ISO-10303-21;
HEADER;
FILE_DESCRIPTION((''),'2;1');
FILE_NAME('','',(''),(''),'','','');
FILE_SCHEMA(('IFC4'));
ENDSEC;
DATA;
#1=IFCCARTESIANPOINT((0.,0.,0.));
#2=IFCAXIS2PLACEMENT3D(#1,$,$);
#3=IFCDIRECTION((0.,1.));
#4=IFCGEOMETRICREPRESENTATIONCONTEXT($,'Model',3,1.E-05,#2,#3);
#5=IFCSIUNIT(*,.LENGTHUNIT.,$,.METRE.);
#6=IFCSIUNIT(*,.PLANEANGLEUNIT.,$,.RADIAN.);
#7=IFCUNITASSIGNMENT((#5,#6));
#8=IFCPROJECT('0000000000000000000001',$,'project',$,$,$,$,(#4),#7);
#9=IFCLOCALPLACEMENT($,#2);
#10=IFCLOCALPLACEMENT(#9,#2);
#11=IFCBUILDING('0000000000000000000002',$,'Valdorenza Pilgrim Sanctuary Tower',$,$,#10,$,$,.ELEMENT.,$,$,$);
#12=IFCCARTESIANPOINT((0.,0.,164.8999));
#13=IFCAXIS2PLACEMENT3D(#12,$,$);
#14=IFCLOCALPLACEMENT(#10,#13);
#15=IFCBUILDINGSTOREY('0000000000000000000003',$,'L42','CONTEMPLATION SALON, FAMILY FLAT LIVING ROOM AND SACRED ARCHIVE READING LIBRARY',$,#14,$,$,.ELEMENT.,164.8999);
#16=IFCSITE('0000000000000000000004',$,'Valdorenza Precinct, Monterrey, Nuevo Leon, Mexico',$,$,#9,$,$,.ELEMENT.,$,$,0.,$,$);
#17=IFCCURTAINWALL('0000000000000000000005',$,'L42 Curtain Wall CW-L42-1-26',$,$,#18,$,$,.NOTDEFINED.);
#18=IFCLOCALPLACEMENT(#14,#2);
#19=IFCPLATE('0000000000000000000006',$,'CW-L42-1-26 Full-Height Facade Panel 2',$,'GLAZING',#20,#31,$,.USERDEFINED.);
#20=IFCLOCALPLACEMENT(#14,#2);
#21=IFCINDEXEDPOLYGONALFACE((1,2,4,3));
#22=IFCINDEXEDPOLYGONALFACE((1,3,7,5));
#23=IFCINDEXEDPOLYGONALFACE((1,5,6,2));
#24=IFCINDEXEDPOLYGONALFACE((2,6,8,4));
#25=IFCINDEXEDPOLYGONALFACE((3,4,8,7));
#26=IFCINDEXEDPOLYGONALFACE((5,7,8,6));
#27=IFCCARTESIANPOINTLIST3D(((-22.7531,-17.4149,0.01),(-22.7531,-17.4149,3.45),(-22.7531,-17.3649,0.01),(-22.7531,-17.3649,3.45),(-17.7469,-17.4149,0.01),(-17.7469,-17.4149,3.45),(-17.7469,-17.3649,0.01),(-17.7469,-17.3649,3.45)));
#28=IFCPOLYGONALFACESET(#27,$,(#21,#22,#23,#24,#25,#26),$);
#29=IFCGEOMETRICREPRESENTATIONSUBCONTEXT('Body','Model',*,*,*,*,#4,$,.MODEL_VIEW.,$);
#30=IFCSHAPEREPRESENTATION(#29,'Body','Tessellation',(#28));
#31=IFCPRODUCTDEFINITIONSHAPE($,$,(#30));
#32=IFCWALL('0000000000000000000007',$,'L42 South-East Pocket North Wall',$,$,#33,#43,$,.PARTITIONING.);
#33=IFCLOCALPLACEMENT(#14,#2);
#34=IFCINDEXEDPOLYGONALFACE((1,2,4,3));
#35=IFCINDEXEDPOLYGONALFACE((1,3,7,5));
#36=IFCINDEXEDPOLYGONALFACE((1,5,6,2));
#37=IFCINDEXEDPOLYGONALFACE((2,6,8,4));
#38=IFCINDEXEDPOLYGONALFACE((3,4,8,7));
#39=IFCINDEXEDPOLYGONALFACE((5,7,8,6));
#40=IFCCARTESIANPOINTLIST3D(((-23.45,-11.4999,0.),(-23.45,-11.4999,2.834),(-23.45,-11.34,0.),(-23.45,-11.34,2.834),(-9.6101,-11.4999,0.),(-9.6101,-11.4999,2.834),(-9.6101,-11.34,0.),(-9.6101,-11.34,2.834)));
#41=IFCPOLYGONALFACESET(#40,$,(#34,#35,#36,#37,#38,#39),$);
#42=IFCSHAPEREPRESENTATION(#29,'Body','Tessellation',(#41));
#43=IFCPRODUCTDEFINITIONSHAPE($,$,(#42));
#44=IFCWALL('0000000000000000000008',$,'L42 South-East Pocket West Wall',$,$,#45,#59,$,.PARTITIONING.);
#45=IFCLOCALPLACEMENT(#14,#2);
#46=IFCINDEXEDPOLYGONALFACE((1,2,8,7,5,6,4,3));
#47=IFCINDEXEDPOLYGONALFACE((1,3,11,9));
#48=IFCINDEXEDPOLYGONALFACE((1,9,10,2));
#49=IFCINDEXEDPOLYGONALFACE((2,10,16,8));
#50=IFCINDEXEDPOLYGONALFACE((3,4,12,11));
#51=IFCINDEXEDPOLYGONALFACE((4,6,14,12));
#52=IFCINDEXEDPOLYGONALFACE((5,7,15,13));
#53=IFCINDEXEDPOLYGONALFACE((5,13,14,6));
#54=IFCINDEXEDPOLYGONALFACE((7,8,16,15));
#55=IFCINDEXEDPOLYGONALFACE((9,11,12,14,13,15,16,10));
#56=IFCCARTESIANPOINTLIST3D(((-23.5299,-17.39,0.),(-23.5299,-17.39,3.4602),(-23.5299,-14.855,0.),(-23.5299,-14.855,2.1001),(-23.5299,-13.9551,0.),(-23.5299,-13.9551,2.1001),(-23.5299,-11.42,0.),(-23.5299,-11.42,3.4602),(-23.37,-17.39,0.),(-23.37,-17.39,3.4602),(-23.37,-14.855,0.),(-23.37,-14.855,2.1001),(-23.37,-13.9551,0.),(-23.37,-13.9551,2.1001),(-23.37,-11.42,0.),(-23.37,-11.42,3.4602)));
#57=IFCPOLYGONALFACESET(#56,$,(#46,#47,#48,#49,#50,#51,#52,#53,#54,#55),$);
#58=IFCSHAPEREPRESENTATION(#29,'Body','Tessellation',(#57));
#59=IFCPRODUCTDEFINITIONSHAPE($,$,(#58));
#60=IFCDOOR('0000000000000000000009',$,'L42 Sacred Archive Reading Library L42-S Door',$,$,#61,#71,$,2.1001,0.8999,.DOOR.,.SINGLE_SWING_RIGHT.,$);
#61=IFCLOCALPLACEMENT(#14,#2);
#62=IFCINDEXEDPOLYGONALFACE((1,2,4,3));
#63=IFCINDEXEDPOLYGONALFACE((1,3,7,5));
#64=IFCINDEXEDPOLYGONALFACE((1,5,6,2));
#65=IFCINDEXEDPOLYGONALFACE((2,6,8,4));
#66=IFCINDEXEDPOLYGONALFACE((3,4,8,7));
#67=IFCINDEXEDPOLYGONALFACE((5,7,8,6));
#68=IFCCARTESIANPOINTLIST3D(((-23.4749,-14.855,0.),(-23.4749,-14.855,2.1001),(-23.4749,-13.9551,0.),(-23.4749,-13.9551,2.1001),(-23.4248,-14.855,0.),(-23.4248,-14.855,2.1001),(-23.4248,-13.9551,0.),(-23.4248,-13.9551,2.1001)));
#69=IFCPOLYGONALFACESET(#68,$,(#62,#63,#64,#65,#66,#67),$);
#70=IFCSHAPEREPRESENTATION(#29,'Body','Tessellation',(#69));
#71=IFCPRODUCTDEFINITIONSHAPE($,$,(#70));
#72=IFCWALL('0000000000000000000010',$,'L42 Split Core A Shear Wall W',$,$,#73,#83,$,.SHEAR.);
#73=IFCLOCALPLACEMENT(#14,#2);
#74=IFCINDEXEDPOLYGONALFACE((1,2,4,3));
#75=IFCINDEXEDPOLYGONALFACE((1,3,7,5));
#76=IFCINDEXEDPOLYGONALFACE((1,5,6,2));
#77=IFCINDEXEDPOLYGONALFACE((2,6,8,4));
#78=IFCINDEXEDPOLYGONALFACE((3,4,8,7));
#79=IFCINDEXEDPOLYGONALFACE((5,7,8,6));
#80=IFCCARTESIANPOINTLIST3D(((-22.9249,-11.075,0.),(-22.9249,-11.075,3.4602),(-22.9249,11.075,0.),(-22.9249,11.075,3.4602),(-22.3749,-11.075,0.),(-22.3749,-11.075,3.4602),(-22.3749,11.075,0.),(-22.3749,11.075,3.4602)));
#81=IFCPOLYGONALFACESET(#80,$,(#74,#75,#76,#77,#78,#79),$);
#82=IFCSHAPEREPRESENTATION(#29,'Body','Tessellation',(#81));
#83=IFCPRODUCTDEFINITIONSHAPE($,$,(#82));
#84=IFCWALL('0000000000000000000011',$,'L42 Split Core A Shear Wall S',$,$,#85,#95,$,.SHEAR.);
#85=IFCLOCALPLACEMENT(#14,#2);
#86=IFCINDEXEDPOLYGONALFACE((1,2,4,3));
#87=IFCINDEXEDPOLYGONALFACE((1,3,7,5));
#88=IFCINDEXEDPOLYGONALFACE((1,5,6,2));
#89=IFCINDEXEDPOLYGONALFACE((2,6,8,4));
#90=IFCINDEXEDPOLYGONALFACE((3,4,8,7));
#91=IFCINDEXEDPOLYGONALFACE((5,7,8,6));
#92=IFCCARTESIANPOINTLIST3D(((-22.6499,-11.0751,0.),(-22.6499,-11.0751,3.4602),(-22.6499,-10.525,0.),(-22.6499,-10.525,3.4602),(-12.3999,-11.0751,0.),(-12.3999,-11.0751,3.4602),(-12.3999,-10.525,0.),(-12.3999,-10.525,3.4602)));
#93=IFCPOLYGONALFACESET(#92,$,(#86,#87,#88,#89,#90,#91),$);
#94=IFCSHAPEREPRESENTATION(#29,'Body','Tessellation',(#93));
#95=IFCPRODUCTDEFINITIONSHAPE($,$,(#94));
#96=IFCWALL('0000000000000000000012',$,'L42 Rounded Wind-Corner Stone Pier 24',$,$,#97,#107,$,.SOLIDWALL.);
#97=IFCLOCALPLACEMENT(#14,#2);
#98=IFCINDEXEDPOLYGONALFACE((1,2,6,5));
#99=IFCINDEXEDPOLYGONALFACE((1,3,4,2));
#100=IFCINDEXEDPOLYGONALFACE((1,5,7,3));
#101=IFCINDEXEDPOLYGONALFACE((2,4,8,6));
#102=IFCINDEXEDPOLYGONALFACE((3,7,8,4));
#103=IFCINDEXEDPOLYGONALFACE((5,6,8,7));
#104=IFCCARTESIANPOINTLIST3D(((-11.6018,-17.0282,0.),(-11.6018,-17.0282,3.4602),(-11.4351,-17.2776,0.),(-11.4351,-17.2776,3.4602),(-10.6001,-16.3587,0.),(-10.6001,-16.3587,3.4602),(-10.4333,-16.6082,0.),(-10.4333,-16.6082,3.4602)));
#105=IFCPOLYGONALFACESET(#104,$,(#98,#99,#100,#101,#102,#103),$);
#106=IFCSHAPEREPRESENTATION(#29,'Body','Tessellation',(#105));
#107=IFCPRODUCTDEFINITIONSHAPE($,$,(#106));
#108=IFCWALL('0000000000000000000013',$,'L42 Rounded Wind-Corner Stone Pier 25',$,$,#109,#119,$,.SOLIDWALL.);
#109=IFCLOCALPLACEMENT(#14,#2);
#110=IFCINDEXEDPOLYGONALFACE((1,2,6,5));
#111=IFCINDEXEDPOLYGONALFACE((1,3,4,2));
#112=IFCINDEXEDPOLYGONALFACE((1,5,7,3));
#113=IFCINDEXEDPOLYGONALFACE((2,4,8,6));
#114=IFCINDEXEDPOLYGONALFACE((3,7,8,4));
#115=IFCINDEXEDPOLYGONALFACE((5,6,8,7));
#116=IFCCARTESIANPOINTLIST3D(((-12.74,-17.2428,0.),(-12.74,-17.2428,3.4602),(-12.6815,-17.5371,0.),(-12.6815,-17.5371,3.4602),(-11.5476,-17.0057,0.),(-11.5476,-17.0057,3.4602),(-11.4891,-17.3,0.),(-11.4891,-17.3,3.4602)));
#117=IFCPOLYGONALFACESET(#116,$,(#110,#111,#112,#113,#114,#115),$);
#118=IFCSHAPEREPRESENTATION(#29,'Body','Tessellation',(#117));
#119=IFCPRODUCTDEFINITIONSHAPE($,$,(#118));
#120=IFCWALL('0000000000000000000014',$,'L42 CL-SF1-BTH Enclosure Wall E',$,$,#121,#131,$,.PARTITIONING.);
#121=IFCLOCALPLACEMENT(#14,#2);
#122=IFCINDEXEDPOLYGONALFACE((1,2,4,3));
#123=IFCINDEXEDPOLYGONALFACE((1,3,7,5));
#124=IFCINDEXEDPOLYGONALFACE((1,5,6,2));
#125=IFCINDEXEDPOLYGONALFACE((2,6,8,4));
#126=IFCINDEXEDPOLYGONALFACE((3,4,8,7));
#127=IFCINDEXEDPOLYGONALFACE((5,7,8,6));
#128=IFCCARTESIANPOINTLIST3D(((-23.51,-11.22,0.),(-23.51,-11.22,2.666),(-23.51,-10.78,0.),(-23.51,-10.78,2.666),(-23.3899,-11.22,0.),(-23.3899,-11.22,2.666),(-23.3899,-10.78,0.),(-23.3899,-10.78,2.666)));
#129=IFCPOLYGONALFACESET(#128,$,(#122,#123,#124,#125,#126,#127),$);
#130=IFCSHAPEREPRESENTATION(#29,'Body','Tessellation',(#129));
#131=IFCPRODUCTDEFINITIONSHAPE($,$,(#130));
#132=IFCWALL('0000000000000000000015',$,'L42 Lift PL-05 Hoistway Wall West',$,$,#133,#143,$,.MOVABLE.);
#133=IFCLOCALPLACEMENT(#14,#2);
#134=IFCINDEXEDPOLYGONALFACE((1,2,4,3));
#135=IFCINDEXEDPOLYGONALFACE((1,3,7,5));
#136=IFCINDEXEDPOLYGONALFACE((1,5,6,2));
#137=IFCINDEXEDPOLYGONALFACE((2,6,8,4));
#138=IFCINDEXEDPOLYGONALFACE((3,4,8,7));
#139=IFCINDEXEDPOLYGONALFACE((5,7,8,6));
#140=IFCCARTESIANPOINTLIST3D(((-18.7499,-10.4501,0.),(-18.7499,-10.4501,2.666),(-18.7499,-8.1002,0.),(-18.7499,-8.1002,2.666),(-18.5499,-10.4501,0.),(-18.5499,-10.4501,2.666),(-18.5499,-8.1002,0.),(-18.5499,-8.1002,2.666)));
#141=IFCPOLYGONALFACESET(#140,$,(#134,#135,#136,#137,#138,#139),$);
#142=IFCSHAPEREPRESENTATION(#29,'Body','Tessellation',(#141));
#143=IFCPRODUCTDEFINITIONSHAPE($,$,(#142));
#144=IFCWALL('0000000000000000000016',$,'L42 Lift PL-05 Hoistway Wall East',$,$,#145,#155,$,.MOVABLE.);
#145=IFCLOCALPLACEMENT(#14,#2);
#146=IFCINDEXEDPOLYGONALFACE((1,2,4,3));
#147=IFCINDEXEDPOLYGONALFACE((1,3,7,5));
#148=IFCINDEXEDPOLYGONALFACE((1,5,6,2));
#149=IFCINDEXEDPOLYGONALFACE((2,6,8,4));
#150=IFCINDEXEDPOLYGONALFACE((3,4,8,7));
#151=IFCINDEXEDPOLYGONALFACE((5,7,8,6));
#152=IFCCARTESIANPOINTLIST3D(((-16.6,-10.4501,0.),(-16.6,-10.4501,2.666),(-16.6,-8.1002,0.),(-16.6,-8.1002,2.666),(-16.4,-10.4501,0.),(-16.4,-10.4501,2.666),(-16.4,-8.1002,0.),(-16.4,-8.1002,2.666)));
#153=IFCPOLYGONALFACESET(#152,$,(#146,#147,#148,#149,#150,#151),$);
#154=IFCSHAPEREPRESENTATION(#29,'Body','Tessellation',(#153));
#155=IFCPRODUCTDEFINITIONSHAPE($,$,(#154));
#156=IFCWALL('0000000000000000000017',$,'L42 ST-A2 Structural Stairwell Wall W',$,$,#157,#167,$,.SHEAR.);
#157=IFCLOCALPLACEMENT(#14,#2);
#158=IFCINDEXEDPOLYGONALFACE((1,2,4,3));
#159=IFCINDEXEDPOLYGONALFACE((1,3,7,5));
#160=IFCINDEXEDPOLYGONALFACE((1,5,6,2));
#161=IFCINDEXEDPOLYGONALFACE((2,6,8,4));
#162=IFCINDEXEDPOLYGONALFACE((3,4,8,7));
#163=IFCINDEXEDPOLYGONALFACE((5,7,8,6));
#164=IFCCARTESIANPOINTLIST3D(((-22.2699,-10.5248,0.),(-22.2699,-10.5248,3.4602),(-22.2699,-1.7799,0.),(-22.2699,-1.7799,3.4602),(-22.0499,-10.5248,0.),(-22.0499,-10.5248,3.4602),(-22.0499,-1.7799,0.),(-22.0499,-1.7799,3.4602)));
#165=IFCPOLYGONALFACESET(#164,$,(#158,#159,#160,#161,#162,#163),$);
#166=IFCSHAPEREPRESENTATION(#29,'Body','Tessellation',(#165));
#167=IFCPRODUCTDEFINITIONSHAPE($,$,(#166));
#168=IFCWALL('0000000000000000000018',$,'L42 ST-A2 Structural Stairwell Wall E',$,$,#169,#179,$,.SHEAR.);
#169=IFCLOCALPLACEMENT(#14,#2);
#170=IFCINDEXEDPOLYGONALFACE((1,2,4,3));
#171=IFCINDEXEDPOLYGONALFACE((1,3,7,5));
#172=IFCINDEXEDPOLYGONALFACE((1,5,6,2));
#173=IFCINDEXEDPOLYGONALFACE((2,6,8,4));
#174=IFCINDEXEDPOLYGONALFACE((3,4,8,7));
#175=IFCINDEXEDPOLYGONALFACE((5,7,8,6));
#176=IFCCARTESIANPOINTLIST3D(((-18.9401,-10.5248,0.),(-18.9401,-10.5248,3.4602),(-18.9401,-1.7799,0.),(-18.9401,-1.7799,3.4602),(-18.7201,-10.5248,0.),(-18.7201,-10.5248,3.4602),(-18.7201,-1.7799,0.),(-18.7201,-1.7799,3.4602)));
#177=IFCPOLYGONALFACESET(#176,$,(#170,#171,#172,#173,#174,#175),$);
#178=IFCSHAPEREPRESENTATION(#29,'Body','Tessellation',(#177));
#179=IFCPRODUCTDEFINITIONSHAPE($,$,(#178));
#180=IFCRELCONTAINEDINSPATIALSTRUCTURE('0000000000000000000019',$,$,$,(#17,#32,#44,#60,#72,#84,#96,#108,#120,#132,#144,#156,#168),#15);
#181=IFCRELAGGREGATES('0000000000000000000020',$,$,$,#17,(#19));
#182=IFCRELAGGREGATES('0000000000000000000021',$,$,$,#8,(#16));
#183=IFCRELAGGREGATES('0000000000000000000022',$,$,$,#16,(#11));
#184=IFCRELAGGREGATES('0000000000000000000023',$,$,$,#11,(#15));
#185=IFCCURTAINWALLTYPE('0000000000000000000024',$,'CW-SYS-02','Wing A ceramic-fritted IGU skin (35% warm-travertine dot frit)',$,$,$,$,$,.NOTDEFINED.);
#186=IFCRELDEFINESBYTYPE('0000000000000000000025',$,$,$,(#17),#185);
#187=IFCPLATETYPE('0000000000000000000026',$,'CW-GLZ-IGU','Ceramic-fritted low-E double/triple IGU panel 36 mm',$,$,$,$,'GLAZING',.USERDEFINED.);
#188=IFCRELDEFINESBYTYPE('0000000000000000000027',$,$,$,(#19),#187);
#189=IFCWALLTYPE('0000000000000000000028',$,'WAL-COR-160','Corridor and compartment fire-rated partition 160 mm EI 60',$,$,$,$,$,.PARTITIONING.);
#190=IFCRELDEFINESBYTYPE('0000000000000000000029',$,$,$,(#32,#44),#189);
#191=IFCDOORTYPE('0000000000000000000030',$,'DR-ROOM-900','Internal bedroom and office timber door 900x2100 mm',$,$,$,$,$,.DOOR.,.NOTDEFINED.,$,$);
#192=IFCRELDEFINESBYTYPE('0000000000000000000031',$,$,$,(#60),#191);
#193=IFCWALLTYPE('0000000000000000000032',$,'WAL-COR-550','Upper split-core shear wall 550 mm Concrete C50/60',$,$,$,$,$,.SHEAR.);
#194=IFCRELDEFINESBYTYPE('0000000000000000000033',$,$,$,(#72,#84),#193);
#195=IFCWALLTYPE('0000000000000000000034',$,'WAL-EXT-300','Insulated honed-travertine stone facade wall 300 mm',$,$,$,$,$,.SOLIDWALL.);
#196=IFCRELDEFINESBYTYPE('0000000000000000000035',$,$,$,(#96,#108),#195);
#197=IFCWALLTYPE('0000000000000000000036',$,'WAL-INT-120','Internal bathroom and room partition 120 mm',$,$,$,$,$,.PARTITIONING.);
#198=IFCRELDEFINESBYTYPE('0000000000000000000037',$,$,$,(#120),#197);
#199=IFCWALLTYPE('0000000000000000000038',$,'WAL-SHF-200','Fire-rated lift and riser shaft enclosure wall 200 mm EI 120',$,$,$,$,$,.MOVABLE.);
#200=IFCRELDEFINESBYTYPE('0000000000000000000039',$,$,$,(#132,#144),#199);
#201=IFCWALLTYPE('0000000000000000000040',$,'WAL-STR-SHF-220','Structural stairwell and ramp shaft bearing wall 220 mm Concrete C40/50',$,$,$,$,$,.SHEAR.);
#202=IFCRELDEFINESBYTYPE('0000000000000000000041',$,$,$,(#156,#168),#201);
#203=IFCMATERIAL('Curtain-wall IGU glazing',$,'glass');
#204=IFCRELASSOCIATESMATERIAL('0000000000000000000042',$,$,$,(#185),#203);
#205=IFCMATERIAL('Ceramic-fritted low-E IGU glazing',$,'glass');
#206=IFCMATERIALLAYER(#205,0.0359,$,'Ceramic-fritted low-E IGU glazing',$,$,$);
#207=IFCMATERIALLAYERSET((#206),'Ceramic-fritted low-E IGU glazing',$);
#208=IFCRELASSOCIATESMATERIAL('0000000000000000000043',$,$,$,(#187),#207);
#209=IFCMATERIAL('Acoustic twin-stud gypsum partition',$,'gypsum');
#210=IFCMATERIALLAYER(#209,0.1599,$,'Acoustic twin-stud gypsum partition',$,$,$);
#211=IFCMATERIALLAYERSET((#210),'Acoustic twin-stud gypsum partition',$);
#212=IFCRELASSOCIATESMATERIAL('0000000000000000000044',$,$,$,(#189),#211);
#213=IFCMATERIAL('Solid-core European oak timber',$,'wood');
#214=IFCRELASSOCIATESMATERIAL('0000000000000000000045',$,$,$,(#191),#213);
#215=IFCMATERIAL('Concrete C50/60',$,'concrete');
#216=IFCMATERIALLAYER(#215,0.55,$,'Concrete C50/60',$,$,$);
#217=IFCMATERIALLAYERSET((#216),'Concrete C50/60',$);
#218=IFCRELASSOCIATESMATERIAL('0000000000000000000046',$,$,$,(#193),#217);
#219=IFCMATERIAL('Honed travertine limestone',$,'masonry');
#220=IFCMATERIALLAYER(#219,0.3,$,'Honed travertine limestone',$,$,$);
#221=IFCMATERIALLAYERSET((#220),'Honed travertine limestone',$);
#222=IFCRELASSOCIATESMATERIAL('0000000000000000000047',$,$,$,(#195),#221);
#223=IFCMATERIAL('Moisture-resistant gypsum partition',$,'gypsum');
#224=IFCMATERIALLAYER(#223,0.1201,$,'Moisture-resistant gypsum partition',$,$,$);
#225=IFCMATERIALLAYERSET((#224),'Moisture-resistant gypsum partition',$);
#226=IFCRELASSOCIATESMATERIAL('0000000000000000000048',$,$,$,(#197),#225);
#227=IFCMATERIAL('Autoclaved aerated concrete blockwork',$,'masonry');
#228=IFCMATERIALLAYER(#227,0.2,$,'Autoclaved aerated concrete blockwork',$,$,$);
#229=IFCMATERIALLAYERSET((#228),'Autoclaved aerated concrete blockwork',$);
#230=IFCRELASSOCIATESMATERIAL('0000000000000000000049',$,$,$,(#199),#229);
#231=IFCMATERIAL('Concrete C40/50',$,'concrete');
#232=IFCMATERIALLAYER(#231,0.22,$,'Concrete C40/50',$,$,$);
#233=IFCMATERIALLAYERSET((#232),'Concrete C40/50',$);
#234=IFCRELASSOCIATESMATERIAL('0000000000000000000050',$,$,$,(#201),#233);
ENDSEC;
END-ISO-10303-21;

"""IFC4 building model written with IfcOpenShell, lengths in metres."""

from ifc_helpers import new_model, si_unit, direction, frame, frame_2d, origin, origin_2d, place, context, subcontext, project, spatial, rectangle, extrude, source, transform, mapped, material, layer, layer_set, type_object, element, fill, aggregate, save


model = new_model("IFC4")

# Units and contexts
model_context = context("Model", 3, precision=1e-05, world=origin(), true_north=direction((0.0, 1.0)))
body_context = subcontext(model_context, "Body", "Model", "MODEL_VIEW")
ifc_project = project(units=[si_unit("LENGTHUNIT", "METRE"), si_unit("PLANEANGLEUNIT", "RADIAN")], contexts=[model_context])

# Site, building, storey
site_placement = place(None, origin())
site = spatial("IfcSite", under=ifc_project, at=site_placement, Name="Valdorenza Precinct, Monterrey, Nuevo Leon, Mexico", CompositionType="ELEMENT", RefElevation=0.0)
building_placement = place(site_placement, origin())
building = spatial("IfcBuilding", under=site, at=building_placement, Name="Valdorenza Pilgrim Sanctuary Tower", CompositionType="ELEMENT")
storey_placement = place(building_placement, frame((0.0, 0.0, 164.8999)))
storey = spatial("IfcBuildingStorey", under=building, at=storey_placement, Name="L42", Description="CONTEMPLATION SALON, FAMILY FLAT LIVING ROOM AND SACRED ARCHIVE READING LIBRARY", CompositionType="ELEMENT", Elevation=164.8999)

# Curtain wall, plate
ifc_material_1 = material(Name="Curtain-wall IGU glazing", Category="glass")
curtain_wall_type = type_object("IfcCurtainWallType", Name="CW-SYS-02", Description="Wing A ceramic-fritted IGU skin (35% warm-travertine dot frit)", PredefinedType="NOTDEFINED", material=ifc_material_1)
curtain_wall_placement = place(storey_placement, origin())
curtain_wall = element("IfcCurtainWall", 1, at=curtain_wall_placement, inside=storey, type_object=curtain_wall_type, Name="L42 Curtain Wall CW-L42-1-26", PredefinedType="NOTDEFINED")
ifc_material_2 = material(Name="Honed travertine limestone", Category="masonry")
ifc_material_3 = material(Name="Ceramic-fritted low-E IGU glazing", Category="glass")
ifc_layer_1 = layer(ifc_material_3, 0.0359, Name="Ceramic-fritted low-E IGU glazing")
ifc_layer_set_1 = layer_set([ifc_layer_1], Name="Ceramic-fritted low-E IGU glazing")
plate_type_1 = type_object("IfcPlateType", Name="CW-GLZ-IGU", Description="Ceramic-fritted low-E double/triple IGU panel 36 mm", ElementType="GLAZING", PredefinedType="USERDEFINED", material=ifc_layer_set_1)
shared_shape_1 = source(origin(), body_context, "Body", "SweptSolid", [
    extrude(rectangle(XDim=5.0061, YDim=0.05, at=origin_2d()), origin(), (0.0, 0.0, 1.0), 3.4399),
])
plate_1_placement = place(storey_placement, frame((-20.25, -17.3899, 0.01), z_axis=(0.0, 0.0, 1.0), x_axis=(-1.0, 0.0, 0.0)))
plate_1 = element("IfcPlate", 2, at=plate_1_placement, type_object=plate_type_1, Name="CW-L42-1-26 Full-Height Facade Panel 2", ObjectType="GLAZING", PredefinedType="USERDEFINED", context=body_context, shape_type="MappedRepresentation", body=[
    mapped(shared_shape_1, transform((0.0, 0.0, 0.0), x_axis=(1.0, 0.0, 0.0), y_axis=(0.0, 1.0, 0.0), z_axis=(0.0, 0.0, 1.0), scale=1.0)),
])
aggregate(curtain_wall, [plate_1])

# Wall
ifc_material_4 = material(Name="Acoustic twin-stud gypsum partition", Category="gypsum")
ifc_layer_2 = layer(ifc_material_4, 0.1599, Name="Acoustic twin-stud gypsum partition")
ifc_layer_set_2 = layer_set([ifc_layer_2], Name="Acoustic twin-stud gypsum partition")
wall_type_1 = type_object("IfcWallType", Name="WAL-COR-160", Description="Corridor and compartment fire-rated partition 160 mm EI 60", PredefinedType="PARTITIONING", material=ifc_layer_set_2)
wall_1_placement = place(storey_placement, frame((-23.45, -11.4199, 0.0), z_axis=(0.0, 0.0, 1.0), x_axis=(1.0, 0.0, 0.0)))
element("IfcWall", 3, at=wall_1_placement, inside=storey, type_object=wall_type_1, Name="L42 South-East Pocket North Wall", PredefinedType="PARTITIONING", context=body_context, shape_type="SweptSolid", body=[
    extrude(rectangle(XDim=13.8398, YDim=0.1599, at=frame_2d((6.9199, 0.0))), origin(), (0.0, 0.0, 1.0), 2.834),
])

# Wall, opening, door
wall_2_placement = place(storey_placement, frame((-23.45, -17.3899, 0.0), z_axis=(0.0, 0.0, 1.0), x_axis=(0.0, 1.0, 0.0)))
wall_2 = element("IfcWall", 4, at=wall_2_placement, inside=storey, type_object=wall_type_1, Name="L42 South-East Pocket West Wall", PredefinedType="PARTITIONING", context=body_context, shape_type="SweptSolid", body=[
    extrude(rectangle(XDim=5.97, YDim=0.1599, at=frame_2d((2.9849, 0.0))), origin(), (0.0, 0.0, 1.0), 3.4602),
])
opening_placement = place(wall_2_placement, frame((2.5349, 0.0, 0.0)))
opening = element("IfcOpeningElement", 5, at=opening_placement, cuts=wall_2, PredefinedType="OPENING", context=body_context, shape_type="SweptSolid", body=[
    extrude(rectangle(XDim=0.8999, YDim=2.1001, at=frame_2d((0.45, 1.05))), frame((0.0, 0.0947, 0.0), z_axis=(0.0, -1.0, 0.0), x_axis=(1.0, 0.0, 0.0)), (0.0, 0.0, 1.0), 0.1897),
])
ifc_material_5 = material(Name="Solid-core European oak timber", Category="wood")
door_type = type_object("IfcDoorType", Name="DR-ROOM-900", Description="Internal bedroom and office timber door 900x2100 mm", OperationType="NOTDEFINED", PredefinedType="DOOR", material=ifc_material_5)
door_placement = place(opening_placement, origin())
door = element("IfcDoor", 6, at=door_placement, inside=storey, type_object=door_type, Name="L42 Sacred Archive Reading Library L42-S Door", OperationType="SINGLE_SWING_RIGHT", OverallHeight=2.1001, OverallWidth=0.8999, PredefinedType="DOOR", context=body_context, shape_type="SweptSolid", body=[
    extrude(rectangle(XDim=0.8999, YDim=2.1001, at=frame_2d((0.45, 1.05))), frame((0.0, 0.0249, 0.0), z_axis=(0.0, -1.0, 0.0), x_axis=(1.0, 0.0, 0.0)), (0.0, 0.0, 1.0), 0.05),
])
fill(opening, door)

# Walls
ifc_material_6 = material(Name="Concrete C50/60", Category="concrete")
ifc_layer_3 = layer(ifc_material_6, 0.55, Name="Concrete C50/60")
ifc_layer_set_3 = layer_set([ifc_layer_3], Name="Concrete C50/60")
wall_type_2 = type_object("IfcWallType", Name="WAL-COR-550", Description="Upper split-core shear wall 550 mm Concrete C50/60", PredefinedType="SHEAR", material=ifc_layer_set_3)
wall_3_placement = place(storey_placement, frame((-22.6499, -11.075, 0.0), z_axis=(0.0, 0.0, 1.0), x_axis=(0.0, 1.0, 0.0)))
element("IfcWall", 7, at=wall_3_placement, inside=storey, type_object=wall_type_2, Name="L42 Split Core A Shear Wall W", PredefinedType="SHEAR", context=body_context, shape_type="SweptSolid", body=[
    extrude(rectangle(XDim=22.1499, YDim=0.55, at=frame_2d((11.075, 0.0))), origin(), (0.0, 0.0, 1.0), 3.4602),
])
wall_4_placement = place(storey_placement, frame((-22.6499, -10.8, 0.0), z_axis=(0.0, 0.0, 1.0), x_axis=(1.0, 0.0, 0.0)))
element("IfcWall", 8, at=wall_4_placement, inside=storey, type_object=wall_type_2, Name="L42 Split Core A Shear Wall S", PredefinedType="SHEAR", context=body_context, shape_type="SweptSolid", body=[
    extrude(rectangle(XDim=10.25, YDim=0.55, at=frame_2d((5.125, 0.0))), origin(), (0.0, 0.0, 1.0), 3.4602),
])
ifc_layer_4 = layer(ifc_material_2, 0.3, Name="Honed travertine limestone")
ifc_layer_set_4 = layer_set([ifc_layer_4], Name="Honed travertine limestone")
wall_type_3 = type_object("IfcWallType", Name="WAL-EXT-300", Description="Insulated honed-travertine stone facade wall 300 mm", PredefinedType="SOLIDWALL", material=ifc_layer_set_4)
wall_5_placement = place(storey_placement, frame((-10.5166, -16.4834, 0.0), z_axis=(0.0, 0.0, 1.0), x_axis=(-0.831426, -0.555635, 0.0)))
element("IfcWall", 9, at=wall_5_placement, inside=storey, type_object=wall_type_3, Name="L42 Rounded Wind-Corner Stone Pier 24", PredefinedType="SOLIDWALL", context=body_context, shape_type="SweptSolid", body=[
    extrude(rectangle(XDim=1.2048, YDim=0.3, at=frame_2d((0.6025, 0.0))), origin(), (0.0, 0.0, 1.0), 3.4602),
])
wall_6_placement = place(storey_placement, frame((-11.5183, -17.1528, 0.0), z_axis=(0.0, 0.0, 1.0), x_axis=(-0.980804, -0.194996, 0.0)))
element("IfcWall", 10, at=wall_6_placement, inside=storey, type_object=wall_type_3, Name="L42 Rounded Wind-Corner Stone Pier 25", PredefinedType="SOLIDWALL", context=body_context, shape_type="SweptSolid", body=[
    extrude(rectangle(XDim=1.2158, YDim=0.3, at=frame_2d((0.6079, 0.0))), origin(), (0.0, 0.0, 1.0), 3.4602),
])
ifc_material_7 = material(Name="Moisture-resistant gypsum partition", Category="gypsum")
ifc_layer_5 = layer(ifc_material_7, 0.1201, Name="Moisture-resistant gypsum partition")
ifc_layer_set_5 = layer_set([ifc_layer_5], Name="Moisture-resistant gypsum partition")
wall_type_4 = type_object("IfcWallType", Name="WAL-INT-120", Description="Internal bathroom and room partition 120 mm", PredefinedType="PARTITIONING", material=ifc_layer_set_5)
wall_7_placement = place(storey_placement, frame((-23.45, -11.22, 0.0), z_axis=(0.0, 0.0, 1.0), x_axis=(0.0, 1.0, 0.0)))
element("IfcWall", 11, at=wall_7_placement, inside=storey, type_object=wall_type_4, Name="L42 CL-SF1-BTH Enclosure Wall E", PredefinedType="PARTITIONING", context=body_context, shape_type="SweptSolid", body=[
    extrude(rectangle(XDim=0.4399, YDim=0.1201, at=frame_2d((0.22, 0.0))), origin(), (0.0, 0.0, 1.0), 2.666),
])
ifc_material_8 = material(Name="Autoclaved aerated concrete blockwork", Category="masonry")
ifc_layer_6 = layer(ifc_material_8, 0.2, Name="Autoclaved aerated concrete blockwork")
ifc_layer_set_6 = layer_set([ifc_layer_6], Name="Autoclaved aerated concrete blockwork")
wall_type_5 = type_object("IfcWallType", Name="WAL-SHF-200", Description="Fire-rated lift and riser shaft enclosure wall 200 mm EI 120", PredefinedType="MOVABLE", material=ifc_layer_set_6)
for number, where, z_axis, x_axis, name in (
    (12, (-18.6499, -10.45, 0.0), (0.0, 0.0, 1.0), (0.0, 1.0, 0.0), "L42 Lift PL-05 Hoistway Wall West"),
    (13, (-16.5, -10.45, 0.0), (0.0, 0.0, 1.0), (0.0, 1.0, 0.0), "L42 Lift PL-05 Hoistway Wall East"),
):
    element("IfcWall", number, at=place(storey_placement, frame(where, z_axis=z_axis, x_axis=x_axis)), inside=storey, type_object=wall_type_5, Name=name, PredefinedType="MOVABLE", context=body_context, shape_type="SweptSolid", body=[
        extrude(rectangle(XDim=2.3499, YDim=0.2, at=frame_2d((1.1748, 0.0))), origin(), (0.0, 0.0, 1.0), 2.666),
    ])
ifc_material_9 = material(Name="Concrete C40/50", Category="concrete")
ifc_layer_7 = layer(ifc_material_9, 0.22, Name="Concrete C40/50")
ifc_layer_set_7 = layer_set([ifc_layer_7], Name="Concrete C40/50")
wall_type_6 = type_object("IfcWallType", Name="WAL-STR-SHF-220", Description="Structural stairwell and ramp shaft bearing wall 220 mm Concrete C40/50", PredefinedType="SHEAR", material=ifc_layer_set_7)
for number, where, z_axis, x_axis, name in (
    (14, (-22.1599, -10.5249, 0.0), (0.0, 0.0, 1.0), (0.0, 1.0, 0.0), "L42 ST-A2 Structural Stairwell Wall W"),
    (15, (-18.8301, -10.5249, 0.0), (0.0, 0.0, 1.0), (0.0, 1.0, 0.0), "L42 ST-A2 Structural Stairwell Wall E"),
):
    element("IfcWall", number, at=place(storey_placement, frame(where, z_axis=z_axis, x_axis=x_axis)), inside=storey, type_object=wall_type_6, Name=name, PredefinedType="SHEAR", context=body_context, shape_type="SweptSolid", body=[
        extrude(rectangle(XDim=8.7449, YDim=0.22, at=frame_2d((4.3726, 0.0))), origin(), (0.0, 0.0, 1.0), 3.4602),
    ])

save(model, "model.ifc")
